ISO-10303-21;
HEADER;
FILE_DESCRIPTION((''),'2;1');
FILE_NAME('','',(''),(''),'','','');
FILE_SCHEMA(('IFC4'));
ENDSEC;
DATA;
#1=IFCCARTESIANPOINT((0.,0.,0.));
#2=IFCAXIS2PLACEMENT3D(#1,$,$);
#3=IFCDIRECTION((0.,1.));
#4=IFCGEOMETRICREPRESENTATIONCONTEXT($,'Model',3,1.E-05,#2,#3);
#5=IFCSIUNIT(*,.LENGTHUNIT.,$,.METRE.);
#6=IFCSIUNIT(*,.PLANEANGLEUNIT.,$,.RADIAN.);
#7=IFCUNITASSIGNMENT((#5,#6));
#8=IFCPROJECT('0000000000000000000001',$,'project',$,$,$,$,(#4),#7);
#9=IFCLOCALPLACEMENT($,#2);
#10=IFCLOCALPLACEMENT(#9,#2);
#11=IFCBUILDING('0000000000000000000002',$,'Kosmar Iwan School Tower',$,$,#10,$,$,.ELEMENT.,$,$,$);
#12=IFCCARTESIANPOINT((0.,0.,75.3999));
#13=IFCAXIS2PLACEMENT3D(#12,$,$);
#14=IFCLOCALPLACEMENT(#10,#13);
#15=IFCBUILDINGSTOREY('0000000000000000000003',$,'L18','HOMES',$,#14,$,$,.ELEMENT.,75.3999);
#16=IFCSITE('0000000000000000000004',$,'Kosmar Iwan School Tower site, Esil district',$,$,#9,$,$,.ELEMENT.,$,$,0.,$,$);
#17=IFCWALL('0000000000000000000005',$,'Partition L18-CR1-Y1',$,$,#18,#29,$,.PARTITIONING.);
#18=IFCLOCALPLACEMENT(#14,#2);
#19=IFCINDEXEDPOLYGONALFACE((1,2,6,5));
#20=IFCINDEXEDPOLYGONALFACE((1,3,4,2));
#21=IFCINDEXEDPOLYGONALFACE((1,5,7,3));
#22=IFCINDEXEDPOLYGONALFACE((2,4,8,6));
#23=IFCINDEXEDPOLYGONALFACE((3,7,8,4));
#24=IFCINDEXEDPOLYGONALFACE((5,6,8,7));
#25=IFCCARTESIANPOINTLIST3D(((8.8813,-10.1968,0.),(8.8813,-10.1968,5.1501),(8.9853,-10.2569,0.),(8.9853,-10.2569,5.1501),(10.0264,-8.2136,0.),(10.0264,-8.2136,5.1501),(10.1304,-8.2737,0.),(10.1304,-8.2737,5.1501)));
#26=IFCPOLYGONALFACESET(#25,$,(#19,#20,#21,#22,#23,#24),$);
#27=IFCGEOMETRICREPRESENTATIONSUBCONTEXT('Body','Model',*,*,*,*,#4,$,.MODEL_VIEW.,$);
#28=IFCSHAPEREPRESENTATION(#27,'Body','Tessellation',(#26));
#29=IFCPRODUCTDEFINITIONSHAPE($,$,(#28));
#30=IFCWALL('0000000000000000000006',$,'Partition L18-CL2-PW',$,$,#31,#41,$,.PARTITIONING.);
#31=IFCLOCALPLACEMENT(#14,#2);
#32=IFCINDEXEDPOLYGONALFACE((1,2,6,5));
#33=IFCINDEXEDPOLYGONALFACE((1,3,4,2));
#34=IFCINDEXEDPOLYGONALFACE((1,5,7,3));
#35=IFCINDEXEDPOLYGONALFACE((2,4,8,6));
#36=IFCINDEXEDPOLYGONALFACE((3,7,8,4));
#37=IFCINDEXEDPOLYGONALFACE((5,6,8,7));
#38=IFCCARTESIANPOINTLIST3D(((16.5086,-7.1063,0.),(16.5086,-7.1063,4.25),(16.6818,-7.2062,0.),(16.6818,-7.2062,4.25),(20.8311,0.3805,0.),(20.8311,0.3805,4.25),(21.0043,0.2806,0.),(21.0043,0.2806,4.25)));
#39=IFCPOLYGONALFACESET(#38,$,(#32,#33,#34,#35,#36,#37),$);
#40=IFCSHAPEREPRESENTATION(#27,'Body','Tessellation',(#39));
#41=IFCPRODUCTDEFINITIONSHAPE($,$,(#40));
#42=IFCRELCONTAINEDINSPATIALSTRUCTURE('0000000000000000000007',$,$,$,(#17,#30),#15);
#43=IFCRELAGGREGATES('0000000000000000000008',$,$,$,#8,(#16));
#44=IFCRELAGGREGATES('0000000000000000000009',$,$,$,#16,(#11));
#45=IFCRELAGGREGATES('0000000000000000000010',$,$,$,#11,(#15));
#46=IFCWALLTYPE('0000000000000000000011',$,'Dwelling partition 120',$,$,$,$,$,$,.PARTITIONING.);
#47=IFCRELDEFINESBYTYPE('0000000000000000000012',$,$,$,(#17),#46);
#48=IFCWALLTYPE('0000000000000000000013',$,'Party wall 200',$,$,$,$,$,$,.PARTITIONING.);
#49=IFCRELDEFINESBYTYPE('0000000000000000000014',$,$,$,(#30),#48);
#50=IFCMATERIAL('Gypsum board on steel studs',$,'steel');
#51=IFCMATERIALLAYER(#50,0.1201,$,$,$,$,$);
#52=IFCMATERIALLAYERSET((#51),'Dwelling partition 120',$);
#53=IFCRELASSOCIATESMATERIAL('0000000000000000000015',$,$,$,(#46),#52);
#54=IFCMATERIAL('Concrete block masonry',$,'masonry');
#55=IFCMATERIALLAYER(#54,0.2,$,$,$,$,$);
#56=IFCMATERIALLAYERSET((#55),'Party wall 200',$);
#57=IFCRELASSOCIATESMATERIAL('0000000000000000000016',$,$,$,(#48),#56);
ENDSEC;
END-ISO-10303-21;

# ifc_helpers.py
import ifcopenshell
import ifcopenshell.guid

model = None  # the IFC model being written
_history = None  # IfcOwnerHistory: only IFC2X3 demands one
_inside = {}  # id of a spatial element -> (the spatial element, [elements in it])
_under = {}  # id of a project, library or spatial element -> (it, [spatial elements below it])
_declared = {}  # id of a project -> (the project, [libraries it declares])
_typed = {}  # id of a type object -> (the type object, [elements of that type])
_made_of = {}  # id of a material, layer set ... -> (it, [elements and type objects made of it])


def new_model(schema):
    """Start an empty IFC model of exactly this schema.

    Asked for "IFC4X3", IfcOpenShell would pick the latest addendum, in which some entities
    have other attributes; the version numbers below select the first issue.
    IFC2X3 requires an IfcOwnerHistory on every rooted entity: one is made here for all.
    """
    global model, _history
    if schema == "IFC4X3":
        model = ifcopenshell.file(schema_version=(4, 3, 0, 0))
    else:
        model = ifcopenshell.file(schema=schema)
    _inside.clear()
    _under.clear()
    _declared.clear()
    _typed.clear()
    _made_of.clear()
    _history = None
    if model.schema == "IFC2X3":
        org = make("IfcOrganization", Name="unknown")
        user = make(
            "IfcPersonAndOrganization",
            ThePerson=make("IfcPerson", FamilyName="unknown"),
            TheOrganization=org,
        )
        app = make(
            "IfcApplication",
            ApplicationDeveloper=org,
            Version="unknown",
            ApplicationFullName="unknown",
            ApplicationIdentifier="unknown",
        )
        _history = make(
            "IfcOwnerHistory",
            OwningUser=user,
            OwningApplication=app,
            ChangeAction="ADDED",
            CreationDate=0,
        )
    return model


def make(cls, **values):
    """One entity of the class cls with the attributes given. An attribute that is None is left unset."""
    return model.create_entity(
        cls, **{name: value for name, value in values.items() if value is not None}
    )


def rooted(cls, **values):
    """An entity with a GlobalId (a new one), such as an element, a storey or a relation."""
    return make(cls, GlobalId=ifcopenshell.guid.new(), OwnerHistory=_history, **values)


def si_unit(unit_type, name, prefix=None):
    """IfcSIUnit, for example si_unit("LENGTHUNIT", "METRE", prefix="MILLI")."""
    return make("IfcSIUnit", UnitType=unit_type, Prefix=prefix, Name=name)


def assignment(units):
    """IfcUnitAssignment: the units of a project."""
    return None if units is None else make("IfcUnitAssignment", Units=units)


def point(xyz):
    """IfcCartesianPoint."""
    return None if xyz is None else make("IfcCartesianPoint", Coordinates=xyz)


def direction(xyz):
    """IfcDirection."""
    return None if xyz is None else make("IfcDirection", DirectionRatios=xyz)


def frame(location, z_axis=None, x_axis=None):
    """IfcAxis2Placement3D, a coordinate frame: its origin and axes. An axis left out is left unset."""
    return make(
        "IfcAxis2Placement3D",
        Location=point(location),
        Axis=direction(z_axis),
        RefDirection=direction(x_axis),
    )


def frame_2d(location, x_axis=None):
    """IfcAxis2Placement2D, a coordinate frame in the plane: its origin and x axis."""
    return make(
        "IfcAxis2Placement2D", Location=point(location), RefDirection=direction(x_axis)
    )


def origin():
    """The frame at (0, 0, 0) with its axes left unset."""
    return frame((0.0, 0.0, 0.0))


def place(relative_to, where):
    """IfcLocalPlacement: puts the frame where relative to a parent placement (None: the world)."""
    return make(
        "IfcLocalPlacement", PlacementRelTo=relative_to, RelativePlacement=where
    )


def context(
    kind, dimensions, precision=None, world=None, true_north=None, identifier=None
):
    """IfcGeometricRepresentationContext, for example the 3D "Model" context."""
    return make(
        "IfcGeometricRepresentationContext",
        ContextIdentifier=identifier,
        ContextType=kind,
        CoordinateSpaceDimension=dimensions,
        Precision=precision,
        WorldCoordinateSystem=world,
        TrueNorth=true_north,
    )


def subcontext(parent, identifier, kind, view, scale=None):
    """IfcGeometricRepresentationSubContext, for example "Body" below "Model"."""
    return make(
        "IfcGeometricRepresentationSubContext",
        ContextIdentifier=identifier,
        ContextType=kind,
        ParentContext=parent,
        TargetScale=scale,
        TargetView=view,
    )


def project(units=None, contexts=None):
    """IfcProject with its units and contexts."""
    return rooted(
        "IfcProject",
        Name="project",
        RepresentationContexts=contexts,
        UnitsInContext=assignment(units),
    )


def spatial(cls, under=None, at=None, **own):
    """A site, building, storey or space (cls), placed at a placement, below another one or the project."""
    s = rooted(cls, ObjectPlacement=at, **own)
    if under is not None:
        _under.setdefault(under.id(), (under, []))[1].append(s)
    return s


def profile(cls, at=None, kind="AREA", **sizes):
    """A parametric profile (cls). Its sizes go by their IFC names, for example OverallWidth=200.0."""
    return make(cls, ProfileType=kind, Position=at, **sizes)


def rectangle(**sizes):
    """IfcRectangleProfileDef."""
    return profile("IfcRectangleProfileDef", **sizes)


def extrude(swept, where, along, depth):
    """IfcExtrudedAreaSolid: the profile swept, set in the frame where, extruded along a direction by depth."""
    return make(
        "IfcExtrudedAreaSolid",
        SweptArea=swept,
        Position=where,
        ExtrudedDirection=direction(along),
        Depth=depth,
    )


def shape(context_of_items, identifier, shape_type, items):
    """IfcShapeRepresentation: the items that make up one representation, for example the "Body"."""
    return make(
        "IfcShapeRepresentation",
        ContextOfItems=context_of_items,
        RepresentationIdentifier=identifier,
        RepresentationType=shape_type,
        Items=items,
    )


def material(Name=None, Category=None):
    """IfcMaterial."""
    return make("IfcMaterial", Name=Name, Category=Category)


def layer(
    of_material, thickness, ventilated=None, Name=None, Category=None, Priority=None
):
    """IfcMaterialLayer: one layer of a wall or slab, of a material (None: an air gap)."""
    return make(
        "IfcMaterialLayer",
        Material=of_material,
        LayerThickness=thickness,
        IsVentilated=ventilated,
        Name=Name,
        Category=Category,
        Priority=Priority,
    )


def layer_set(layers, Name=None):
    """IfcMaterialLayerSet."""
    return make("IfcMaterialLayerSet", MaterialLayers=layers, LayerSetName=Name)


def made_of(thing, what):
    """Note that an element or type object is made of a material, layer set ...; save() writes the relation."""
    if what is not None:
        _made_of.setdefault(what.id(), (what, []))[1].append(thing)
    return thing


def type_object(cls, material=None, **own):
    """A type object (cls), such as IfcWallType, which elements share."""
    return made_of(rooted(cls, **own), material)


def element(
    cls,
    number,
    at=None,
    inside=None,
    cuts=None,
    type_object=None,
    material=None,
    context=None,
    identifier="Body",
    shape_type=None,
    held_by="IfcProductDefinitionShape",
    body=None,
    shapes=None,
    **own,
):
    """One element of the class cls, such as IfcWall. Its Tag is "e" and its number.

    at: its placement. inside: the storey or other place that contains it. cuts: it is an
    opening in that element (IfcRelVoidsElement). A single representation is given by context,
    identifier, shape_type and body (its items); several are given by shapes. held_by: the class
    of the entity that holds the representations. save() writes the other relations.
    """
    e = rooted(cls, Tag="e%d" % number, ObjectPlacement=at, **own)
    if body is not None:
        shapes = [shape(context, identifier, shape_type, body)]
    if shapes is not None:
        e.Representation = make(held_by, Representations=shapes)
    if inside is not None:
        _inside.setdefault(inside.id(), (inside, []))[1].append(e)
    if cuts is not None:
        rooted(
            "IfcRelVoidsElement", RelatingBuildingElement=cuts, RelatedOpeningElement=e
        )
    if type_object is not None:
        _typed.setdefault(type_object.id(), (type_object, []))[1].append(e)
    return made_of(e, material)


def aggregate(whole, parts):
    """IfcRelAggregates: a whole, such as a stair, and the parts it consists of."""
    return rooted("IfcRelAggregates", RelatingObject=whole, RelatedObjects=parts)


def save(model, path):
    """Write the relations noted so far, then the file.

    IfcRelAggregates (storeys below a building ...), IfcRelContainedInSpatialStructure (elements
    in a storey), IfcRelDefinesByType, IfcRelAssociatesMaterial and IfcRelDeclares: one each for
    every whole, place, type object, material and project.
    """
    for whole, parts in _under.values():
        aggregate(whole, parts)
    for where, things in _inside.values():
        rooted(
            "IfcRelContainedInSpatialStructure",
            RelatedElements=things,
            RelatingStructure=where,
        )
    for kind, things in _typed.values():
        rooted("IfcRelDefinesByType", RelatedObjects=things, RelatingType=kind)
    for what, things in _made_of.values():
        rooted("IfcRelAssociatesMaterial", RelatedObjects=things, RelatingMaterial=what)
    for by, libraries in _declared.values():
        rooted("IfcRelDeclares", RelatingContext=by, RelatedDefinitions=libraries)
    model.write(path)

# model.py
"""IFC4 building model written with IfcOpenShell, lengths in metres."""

from ifc_helpers import new_model, si_unit, direction, frame, frame_2d, origin, place, context, subcontext, project, spatial, rectangle, extrude, material, layer, layer_set, type_object, element, save


model = new_model("IFC4")

# Units and contexts
model_context = context("Model", 3, precision=1e-05, world=origin(), true_north=direction((0.0, 1.0)))
body_context = subcontext(model_context, "Body", "Model", "MODEL_VIEW")
ifc_project = project(units=[si_unit("LENGTHUNIT", "METRE"), si_unit("PLANEANGLEUNIT", "RADIAN")], contexts=[model_context])

# Site, building, storey
site_placement = place(None, origin())
site = spatial("IfcSite", under=ifc_project, at=site_placement, Name="Kosmar Iwan School Tower site, Esil district", CompositionType="ELEMENT", RefElevation=0.0)
building_placement = place(site_placement, origin())
building = spatial("IfcBuilding", under=site, at=building_placement, Name="Kosmar Iwan School Tower", CompositionType="ELEMENT")
storey_placement = place(building_placement, frame((0.0, 0.0, 75.3999)))
storey = spatial("IfcBuildingStorey", under=building, at=storey_placement, Name="L18", Description="HOMES", CompositionType="ELEMENT", Elevation=75.3999)

# Shared definitions
ifc_material_1 = material(Name="Gypsum board on steel studs", Category="steel")
ifc_layer_1 = layer(ifc_material_1, 0.1201)
ifc_layer_set_1 = layer_set([ifc_layer_1], Name="Dwelling partition 120")
wall_type_1 = type_object("IfcWallType", Name="Dwelling partition 120", PredefinedType="PARTITIONING", material=ifc_layer_set_1)

# Walls
wall_1_placement = place(storey_placement, frame((10.0784, -8.2437, 0.0), z_axis=(0.0, 0.0, 1.0), x_axis=(-0.500015, -0.866017, 0.0)))
element("IfcWall", 1, at=wall_1_placement, inside=storey, type_object=wall_type_1, Name="Partition L18-CR1-Y1", PredefinedType="PARTITIONING", context=body_context, shape_type="SweptSolid", body=[
    extrude(rectangle(XDim=2.29, YDim=0.1201, at=frame_2d((1.145, 0.0))), origin(), (0.0, 0.0, 1.0), 5.1501),
])
ifc_material_2 = material(Name="Concrete block masonry", Category="masonry")
ifc_layer_2 = layer(ifc_material_2, 0.2)
ifc_layer_set_2 = layer_set([ifc_layer_2], Name="Party wall 200")
wall_type_2 = type_object("IfcWallType", Name="Party wall 200", PredefinedType="PARTITIONING", material=ifc_layer_set_2)
wall_2_placement = place(storey_placement, frame((16.5952, -7.1562, 0.0), z_axis=(0.0, 0.0, 1.0), x_axis=(0.5, 0.866026, 0.0)))
element("IfcWall", 2, at=wall_2_placement, inside=storey, type_object=wall_type_2, Name="Partition L18-CL2-PW", PredefinedType="PARTITIONING", context=body_context, shape_type="SweptSolid", body=[
    extrude(rectangle(XDim=8.645, YDim=0.2, at=frame_2d((4.3225, 0.0))), origin(), (0.0, 0.0, 1.0), 4.25),
])

save(model, "model.ifc")
